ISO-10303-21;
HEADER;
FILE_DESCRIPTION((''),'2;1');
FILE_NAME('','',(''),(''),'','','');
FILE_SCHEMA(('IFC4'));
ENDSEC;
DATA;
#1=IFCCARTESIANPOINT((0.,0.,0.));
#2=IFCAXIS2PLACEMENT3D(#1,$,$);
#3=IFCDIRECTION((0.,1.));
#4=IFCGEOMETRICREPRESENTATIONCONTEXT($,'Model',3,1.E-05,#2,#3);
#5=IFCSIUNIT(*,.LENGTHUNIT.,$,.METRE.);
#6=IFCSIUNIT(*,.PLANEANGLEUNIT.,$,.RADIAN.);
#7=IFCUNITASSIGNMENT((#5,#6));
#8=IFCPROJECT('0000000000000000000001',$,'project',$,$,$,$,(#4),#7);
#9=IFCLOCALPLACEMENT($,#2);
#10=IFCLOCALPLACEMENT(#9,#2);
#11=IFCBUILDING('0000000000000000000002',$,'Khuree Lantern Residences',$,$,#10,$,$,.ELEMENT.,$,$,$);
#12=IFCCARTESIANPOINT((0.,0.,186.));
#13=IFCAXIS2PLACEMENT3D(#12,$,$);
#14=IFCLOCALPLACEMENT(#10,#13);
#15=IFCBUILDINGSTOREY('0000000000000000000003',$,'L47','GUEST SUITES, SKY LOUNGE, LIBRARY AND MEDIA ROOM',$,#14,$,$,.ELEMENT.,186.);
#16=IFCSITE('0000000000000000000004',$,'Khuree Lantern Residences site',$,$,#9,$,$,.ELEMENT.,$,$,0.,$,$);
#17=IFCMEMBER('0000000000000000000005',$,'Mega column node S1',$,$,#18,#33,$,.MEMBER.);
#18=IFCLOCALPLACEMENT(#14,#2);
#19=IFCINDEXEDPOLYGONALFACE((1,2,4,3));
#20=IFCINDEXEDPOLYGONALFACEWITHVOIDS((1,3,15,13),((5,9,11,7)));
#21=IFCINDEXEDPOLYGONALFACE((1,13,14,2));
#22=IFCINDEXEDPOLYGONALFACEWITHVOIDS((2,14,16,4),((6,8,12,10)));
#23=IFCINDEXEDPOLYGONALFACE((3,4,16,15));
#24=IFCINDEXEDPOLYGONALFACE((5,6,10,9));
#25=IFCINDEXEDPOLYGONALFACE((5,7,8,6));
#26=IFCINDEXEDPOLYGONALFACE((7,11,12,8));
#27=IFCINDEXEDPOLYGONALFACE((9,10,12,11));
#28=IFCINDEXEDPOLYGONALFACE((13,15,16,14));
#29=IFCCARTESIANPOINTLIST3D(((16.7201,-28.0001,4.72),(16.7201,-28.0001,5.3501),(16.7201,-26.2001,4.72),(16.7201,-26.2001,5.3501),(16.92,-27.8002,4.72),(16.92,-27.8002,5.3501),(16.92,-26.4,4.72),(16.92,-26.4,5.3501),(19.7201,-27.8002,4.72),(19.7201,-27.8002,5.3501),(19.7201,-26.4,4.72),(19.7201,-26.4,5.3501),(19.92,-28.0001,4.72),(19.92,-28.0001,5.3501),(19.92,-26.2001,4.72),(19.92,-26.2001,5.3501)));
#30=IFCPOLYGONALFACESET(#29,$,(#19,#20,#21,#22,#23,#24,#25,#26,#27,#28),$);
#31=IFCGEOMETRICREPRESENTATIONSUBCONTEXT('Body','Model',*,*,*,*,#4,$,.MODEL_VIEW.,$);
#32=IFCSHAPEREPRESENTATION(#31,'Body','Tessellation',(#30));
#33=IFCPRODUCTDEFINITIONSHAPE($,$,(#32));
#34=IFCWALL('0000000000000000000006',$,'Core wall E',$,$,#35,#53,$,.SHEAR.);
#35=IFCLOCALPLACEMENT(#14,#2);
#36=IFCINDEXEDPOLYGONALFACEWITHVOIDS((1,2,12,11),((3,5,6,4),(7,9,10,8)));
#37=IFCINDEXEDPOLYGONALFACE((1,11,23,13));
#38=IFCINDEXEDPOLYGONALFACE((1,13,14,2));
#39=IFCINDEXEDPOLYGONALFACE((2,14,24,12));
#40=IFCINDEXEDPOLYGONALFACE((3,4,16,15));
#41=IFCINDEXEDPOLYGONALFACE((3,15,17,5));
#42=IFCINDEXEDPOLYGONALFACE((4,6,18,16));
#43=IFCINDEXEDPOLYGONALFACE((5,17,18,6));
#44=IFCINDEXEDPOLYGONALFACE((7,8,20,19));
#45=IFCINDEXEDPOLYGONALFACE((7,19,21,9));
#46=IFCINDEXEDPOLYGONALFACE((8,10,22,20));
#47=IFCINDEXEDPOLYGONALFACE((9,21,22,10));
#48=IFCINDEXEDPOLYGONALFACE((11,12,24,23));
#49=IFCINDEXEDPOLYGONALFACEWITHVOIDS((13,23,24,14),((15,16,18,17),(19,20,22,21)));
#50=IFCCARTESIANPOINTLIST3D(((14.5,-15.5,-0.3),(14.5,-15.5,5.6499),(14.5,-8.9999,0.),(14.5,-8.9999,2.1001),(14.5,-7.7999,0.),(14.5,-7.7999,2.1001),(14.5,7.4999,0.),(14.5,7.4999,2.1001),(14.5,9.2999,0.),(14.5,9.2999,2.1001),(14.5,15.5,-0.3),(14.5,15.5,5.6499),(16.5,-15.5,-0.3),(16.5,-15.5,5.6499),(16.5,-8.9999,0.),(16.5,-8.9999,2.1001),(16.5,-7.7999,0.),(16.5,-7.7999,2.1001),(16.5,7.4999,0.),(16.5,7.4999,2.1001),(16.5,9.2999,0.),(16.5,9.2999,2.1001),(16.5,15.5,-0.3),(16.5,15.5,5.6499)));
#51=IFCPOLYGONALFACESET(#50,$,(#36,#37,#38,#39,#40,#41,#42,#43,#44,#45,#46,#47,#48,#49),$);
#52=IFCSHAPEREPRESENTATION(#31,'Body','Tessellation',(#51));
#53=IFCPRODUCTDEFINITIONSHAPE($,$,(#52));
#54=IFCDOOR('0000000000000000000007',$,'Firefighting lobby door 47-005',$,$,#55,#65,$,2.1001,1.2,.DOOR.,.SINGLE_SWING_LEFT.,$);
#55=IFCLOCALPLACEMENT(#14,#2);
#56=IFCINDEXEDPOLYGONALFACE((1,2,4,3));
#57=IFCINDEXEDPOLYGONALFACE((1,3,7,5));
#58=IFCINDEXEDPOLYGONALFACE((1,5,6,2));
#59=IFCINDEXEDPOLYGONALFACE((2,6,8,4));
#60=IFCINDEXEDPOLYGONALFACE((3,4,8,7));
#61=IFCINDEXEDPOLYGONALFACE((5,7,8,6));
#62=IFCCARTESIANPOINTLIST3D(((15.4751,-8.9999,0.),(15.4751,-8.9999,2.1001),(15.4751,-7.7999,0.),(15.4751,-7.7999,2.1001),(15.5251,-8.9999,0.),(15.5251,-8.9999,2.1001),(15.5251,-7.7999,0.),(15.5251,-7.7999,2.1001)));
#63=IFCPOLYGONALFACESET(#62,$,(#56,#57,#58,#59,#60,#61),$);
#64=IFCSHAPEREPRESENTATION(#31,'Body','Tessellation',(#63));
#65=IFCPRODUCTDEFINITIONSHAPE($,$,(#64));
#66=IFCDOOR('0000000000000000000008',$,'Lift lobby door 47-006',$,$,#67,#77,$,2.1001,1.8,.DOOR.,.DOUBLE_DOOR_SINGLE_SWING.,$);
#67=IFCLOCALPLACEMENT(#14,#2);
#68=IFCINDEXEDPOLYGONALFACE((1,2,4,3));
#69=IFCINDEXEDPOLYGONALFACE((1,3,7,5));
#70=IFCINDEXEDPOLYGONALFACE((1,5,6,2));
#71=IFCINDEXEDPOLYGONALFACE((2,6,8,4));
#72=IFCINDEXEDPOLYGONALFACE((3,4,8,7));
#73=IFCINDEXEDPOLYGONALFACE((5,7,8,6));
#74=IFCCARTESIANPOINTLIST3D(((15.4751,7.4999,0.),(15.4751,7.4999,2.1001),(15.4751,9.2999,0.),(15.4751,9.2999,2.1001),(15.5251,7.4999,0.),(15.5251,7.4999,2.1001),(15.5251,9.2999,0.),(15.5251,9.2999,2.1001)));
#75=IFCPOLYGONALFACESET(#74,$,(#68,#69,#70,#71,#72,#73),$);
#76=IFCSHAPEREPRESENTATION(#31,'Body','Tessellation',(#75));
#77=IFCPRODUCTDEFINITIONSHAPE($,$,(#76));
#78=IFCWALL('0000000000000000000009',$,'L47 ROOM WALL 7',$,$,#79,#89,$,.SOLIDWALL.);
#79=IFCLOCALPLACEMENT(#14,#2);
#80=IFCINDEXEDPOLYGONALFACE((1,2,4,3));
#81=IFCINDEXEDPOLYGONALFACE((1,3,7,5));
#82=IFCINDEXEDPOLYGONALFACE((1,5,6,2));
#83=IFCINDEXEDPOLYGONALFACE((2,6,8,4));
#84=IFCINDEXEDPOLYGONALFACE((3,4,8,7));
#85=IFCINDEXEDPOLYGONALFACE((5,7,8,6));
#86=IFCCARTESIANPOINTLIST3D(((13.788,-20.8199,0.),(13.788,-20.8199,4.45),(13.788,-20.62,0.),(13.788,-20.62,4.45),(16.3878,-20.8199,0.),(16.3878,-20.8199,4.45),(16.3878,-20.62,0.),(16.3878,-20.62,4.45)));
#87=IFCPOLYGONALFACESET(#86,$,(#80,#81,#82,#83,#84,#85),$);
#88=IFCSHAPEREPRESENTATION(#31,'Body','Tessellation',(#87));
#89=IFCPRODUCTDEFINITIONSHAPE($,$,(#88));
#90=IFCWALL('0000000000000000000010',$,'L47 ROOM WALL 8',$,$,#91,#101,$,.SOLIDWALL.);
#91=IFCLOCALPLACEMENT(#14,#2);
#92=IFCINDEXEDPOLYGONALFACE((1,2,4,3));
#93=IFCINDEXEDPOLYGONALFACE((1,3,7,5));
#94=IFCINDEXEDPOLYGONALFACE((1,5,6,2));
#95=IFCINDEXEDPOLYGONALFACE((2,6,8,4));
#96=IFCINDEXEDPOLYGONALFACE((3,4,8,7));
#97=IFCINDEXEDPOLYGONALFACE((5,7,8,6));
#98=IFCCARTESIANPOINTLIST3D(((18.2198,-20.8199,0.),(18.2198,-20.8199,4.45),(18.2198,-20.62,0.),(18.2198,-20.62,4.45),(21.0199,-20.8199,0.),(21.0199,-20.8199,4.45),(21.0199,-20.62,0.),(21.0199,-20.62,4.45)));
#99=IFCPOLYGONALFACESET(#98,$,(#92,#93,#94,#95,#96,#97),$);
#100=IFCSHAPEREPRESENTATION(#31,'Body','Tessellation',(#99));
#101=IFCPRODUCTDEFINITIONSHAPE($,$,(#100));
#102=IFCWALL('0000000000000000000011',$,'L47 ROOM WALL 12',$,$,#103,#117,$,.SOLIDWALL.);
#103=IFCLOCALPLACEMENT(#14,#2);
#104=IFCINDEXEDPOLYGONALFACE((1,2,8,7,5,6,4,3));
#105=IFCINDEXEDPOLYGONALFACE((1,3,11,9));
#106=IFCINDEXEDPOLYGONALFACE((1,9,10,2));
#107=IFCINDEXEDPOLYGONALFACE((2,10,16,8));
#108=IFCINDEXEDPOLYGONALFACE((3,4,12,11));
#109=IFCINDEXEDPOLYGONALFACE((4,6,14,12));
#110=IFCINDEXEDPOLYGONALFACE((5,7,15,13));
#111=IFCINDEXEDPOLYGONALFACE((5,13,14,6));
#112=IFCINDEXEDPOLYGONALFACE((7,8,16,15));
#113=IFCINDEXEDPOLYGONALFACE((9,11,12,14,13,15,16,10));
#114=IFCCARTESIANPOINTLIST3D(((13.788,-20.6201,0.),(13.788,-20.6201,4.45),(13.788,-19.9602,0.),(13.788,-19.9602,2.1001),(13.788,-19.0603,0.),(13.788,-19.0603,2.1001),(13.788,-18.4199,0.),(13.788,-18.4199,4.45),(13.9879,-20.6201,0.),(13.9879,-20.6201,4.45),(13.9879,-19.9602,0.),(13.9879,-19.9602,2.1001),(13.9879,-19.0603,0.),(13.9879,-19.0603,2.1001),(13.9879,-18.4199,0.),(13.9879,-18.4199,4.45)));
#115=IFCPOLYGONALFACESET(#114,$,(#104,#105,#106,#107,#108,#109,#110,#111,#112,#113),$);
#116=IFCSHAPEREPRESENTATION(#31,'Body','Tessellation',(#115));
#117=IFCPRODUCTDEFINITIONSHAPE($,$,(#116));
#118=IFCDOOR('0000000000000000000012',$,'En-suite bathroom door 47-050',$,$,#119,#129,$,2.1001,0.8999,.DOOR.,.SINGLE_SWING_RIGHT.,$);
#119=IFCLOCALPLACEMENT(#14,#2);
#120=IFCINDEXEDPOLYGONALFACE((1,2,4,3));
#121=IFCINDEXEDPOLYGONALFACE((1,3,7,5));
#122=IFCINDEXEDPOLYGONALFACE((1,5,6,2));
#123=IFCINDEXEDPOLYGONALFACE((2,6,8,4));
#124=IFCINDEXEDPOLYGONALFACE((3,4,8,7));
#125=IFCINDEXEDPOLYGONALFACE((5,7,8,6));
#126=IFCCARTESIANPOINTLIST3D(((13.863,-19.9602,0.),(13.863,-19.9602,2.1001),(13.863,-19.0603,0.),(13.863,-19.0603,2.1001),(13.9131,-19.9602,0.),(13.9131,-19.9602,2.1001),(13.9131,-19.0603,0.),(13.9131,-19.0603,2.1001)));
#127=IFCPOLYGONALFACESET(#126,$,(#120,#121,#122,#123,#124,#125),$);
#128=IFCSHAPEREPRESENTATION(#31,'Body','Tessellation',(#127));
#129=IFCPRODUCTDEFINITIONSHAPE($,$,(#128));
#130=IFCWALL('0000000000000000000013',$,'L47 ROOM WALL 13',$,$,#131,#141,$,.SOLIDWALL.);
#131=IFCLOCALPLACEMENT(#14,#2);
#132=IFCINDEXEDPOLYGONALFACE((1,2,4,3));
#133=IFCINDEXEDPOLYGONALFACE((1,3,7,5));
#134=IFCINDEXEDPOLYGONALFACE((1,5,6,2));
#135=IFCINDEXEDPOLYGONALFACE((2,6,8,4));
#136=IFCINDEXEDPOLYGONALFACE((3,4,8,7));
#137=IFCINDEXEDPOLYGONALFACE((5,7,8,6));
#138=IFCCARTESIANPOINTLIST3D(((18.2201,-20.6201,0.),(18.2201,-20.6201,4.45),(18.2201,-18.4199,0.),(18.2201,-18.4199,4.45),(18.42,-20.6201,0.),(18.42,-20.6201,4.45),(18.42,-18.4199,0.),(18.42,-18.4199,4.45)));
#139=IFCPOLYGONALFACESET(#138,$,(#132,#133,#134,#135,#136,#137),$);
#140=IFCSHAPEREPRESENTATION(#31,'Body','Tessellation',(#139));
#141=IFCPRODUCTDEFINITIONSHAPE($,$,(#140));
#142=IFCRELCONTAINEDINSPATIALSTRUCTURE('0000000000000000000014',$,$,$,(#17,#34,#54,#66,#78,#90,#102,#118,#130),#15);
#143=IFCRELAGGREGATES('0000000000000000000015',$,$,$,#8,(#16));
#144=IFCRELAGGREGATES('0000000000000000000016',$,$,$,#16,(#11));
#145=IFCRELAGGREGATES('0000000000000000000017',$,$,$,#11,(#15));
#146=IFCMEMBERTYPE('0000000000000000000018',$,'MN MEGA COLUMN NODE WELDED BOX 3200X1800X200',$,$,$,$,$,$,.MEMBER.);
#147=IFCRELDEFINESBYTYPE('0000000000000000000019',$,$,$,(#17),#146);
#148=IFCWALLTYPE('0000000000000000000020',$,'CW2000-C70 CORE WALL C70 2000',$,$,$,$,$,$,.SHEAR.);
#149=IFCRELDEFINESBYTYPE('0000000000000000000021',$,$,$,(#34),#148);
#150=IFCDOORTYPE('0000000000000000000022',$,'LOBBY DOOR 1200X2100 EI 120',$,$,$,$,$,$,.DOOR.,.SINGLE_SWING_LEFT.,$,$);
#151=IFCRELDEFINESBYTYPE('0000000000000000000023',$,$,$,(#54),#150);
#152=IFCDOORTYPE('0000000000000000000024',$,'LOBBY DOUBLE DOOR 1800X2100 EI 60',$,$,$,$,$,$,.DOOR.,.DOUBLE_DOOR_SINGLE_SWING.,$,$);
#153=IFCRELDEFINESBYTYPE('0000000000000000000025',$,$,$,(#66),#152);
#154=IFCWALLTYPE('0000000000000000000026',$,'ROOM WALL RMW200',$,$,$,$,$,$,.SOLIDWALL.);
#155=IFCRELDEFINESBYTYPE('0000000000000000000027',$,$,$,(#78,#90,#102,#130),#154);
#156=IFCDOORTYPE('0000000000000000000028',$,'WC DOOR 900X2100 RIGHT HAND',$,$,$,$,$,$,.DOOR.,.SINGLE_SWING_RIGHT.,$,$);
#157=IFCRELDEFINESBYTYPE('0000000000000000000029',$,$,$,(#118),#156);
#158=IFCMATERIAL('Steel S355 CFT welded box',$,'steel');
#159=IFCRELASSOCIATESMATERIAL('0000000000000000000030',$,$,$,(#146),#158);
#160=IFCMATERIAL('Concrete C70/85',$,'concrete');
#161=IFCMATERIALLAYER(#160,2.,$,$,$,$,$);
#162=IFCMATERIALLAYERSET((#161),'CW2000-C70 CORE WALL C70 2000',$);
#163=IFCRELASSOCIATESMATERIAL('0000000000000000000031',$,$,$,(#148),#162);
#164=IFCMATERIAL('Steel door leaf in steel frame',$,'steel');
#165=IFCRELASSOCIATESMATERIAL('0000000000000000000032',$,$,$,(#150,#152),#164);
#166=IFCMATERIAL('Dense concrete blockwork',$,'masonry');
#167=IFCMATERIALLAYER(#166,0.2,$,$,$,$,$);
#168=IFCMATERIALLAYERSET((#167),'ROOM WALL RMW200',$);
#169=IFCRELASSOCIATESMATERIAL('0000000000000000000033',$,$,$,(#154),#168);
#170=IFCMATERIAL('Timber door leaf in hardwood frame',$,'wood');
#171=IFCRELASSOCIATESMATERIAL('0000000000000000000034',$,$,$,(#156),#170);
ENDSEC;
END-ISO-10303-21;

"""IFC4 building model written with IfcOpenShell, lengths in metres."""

from ifc_helpers import new_model, si_unit, direction, frame, frame_2d, origin, origin_2d, place, context, subcontext, project, spatial, rectangle, hollow_rectangle, extrude, material, layer, layer_set, material_profile, profile_set, type_object, element, fill, save


model = new_model("IFC4")

# Units and contexts
model_context = context("Model", 3, precision=1e-05, world=origin(), true_north=direction((0.0, 1.0)))
body_context = subcontext(model_context, "Body", "Model", "MODEL_VIEW")
ifc_project = project(units=[si_unit("LENGTHUNIT", "METRE"), si_unit("PLANEANGLEUNIT", "RADIAN")], contexts=[model_context])

# Site, building, storey
site_placement = place(None, origin())
site = spatial("IfcSite", under=ifc_project, at=site_placement, Name="Khuree Lantern Residences site", CompositionType="ELEMENT", RefElevation=0.0)
building_placement = place(site_placement, origin())
building = spatial("IfcBuilding", under=site, at=building_placement, Name="Khuree Lantern Residences", CompositionType="ELEMENT")
storey_placement = place(building_placement, frame((0.0, 0.0, 186.0)))
storey = spatial("IfcBuildingStorey", under=building, at=storey_placement, Name="L47", Description="GUEST SUITES, SKY LOUNGE, LIBRARY AND MEDIA ROOM", CompositionType="ELEMENT", Elevation=186.0)

# Shared definitions
ifc_material_1 = material(Name="Concrete C70/85", Category="concrete")
ifc_material_2 = material(Name="Steel S355 CFT welded box", Category="steel")

# Member
ifc_material_profile_1 = material_profile(ifc_material_2, hollow_rectangle(XDim=3.2, YDim=1.8, WallThickness=0.2, at=origin_2d()), Name="WELDED BOX 3200X1800X200")
ifc_profile_set_1 = profile_set([ifc_material_profile_1], Name="Steel S355 CFT welded box")
member_type = type_object("IfcMemberType", Name="MN MEGA COLUMN NODE WELDED BOX 3200X1800X200", PredefinedType="MEMBER", material=ifc_profile_set_1)
member_placement = place(storey_placement, frame((18.3201, -27.1001, 4.72), z_axis=(0.0, 0.0, 1.0), x_axis=(1.0, 0.0, 0.0)))
element("IfcMember", 1, at=member_placement, inside=storey, type_object=member_type, Name="Mega column node S1", PredefinedType="MEMBER", context=body_context, shape_type="SweptSolid", body=[
    extrude(hollow_rectangle(XDim=3.2, YDim=1.8, WallThickness=0.2, at=origin_2d()), origin(), (0.0, 0.0, 1.0), 0.6301),
])

# Wall, openings, doors
ifc_layer_1 = layer(ifc_material_1, 2.0)
ifc_layer_set_1 = layer_set([ifc_layer_1], Name="CW2000-C70 CORE WALL C70 2000")
wall_type_1 = type_object("IfcWallType", Name="CW2000-C70 CORE WALL C70 2000", PredefinedType="SHEAR", material=ifc_layer_set_1)
wall_1_placement = place(storey_placement, frame((15.5, -15.5, -0.3), z_axis=(0.0, 0.0, 1.0), x_axis=(0.0, 1.0, 0.0)))
wall_1 = element("IfcWall", 2, at=wall_1_placement, inside=storey, type_object=wall_type_1, Name="Core wall E", PredefinedType="SHEAR", context=body_context, shape_type="SweptSolid", body=[
    extrude(rectangle(XDim=31.0, YDim=2.0, at=frame_2d((15.5, 0.0))), origin(), (0.0, 0.0, 1.0), 5.95),
])
opening_1_placement = place(wall_1_placement, frame((6.5, 0.0, 0.3)))
opening_1 = element("IfcOpeningElement", 3, at=opening_1_placement, cuts=wall_1, PredefinedType="OPENING", context=body_context, shape_type="SweptSolid", body=[
    extrude(rectangle(XDim=1.2, YDim=2.1001, at=frame_2d((0.6001, 1.05))), frame((0.0, 1.01, 0.0), z_axis=(0.0, -1.0, 0.0), x_axis=(1.0, 0.0, 0.0)), (0.0, 0.0, 1.0), 2.02),
])
opening_2_placement = place(wall_1_placement, frame((23.0, 0.0, 0.3)))
opening_2 = element("IfcOpeningElement", 4, at=opening_2_placement, cuts=wall_1, PredefinedType="OPENING", context=body_context, shape_type="SweptSolid", body=[
    extrude(rectangle(XDim=1.8, YDim=2.1001, at=frame_2d((0.8999, 1.05))), frame((0.0, 1.01, 0.0), z_axis=(0.0, -1.0, 0.0), x_axis=(1.0, 0.0, 0.0)), (0.0, 0.0, 1.0), 2.02),
])
ifc_material_3 = material(Name="Steel door leaf in steel frame", Category="steel")
door_type_1 = type_object("IfcDoorType", Name="LOBBY DOOR 1200X2100 EI 120", OperationType="SINGLE_SWING_LEFT", PredefinedType="DOOR", material=ifc_material_3)
door_1_placement = place(opening_1_placement, origin())
door_1 = element("IfcDoor", 5, at=door_1_placement, inside=storey, type_object=door_type_1, Name="Firefighting lobby door 47-005", OperationType="SINGLE_SWING_LEFT", OverallHeight=2.1001, OverallWidth=1.2, PredefinedType="DOOR", context=body_context, shape_type="SweptSolid", body=[
    extrude(rectangle(XDim=1.2, YDim=2.1001, at=frame_2d((0.6001, 1.05))), frame((0.0, 0.0249, 0.0), z_axis=(0.0, -1.0, 0.0), x_axis=(1.0, 0.0, 0.0)), (0.0, 0.0, 1.0), 0.05),
])
fill(opening_1, door_1)
door_type_2 = type_object("IfcDoorType", Name="LOBBY DOUBLE DOOR 1800X2100 EI 60", OperationType="DOUBLE_DOOR_SINGLE_SWING", PredefinedType="DOOR", material=ifc_material_3)
door_2_placement = place(opening_2_placement, origin())
door_2 = element("IfcDoor", 6, at=door_2_placement, inside=storey, type_object=door_type_2, Name="Lift lobby door 47-006", OperationType="DOUBLE_DOOR_SINGLE_SWING", OverallHeight=2.1001, OverallWidth=1.8, PredefinedType="DOOR", context=body_context, shape_type="SweptSolid", body=[
    extrude(rectangle(XDim=1.8, YDim=2.1001, at=frame_2d((0.8999, 1.05))), frame((0.0, 0.0249, 0.0), z_axis=(0.0, -1.0, 0.0), x_axis=(1.0, 0.0, 0.0)), (0.0, 0.0, 1.0), 0.05),
])
fill(opening_2, door_2)

# Walls
ifc_material_4 = material(Name="Dense concrete blockwork", Category="masonry")
ifc_layer_2 = layer(ifc_material_4, 0.2)
ifc_layer_set_2 = layer_set([ifc_layer_2], Name="ROOM WALL RMW200")
wall_type_2 = type_object("IfcWallType", Name="ROOM WALL RMW200", PredefinedType="SOLIDWALL", material=ifc_layer_set_2)
wall_2_placement = place(storey_placement, frame((13.7881, -20.72, 0.0), z_axis=(0.0, 0.0, 1.0), x_axis=(1.0, 0.0, 0.0)))
element("IfcWall", 7, at=wall_2_placement, inside=storey, type_object=wall_type_2, Name="L47 ROOM WALL 7", PredefinedType="SOLIDWALL", context=body_context, shape_type="SweptSolid", body=[
    extrude(rectangle(XDim=2.5999, YDim=0.2, at=frame_2d((1.2998, 0.0))), origin(), (0.0, 0.0, 1.0), 4.45),
])
wall_3_placement = place(storey_placement, frame((18.22, -20.72, 0.0), z_axis=(0.0, 0.0, 1.0), x_axis=(1.0, 0.0, 0.0)))
element("IfcWall", 8, at=wall_3_placement, inside=storey, type_object=wall_type_2, Name="L47 ROOM WALL 8", PredefinedType="SOLIDWALL", context=body_context, shape_type="SweptSolid", body=[
    extrude(rectangle(XDim=2.8, YDim=0.2, at=frame_2d((1.3999, 0.0))), origin(), (0.0, 0.0, 1.0), 4.45),
])

# Wall, opening, door
wall_4_placement = place(storey_placement, frame((13.8879, -20.6201, 0.0), z_axis=(0.0, 0.0, 1.0), x_axis=(0.0, 1.0, 0.0)))
wall_4 = element("IfcWall", 9, at=wall_4_placement, inside=storey, type_object=wall_type_2, Name="L47 ROOM WALL 12", PredefinedType="SOLIDWALL", context=body_context, shape_type="SweptSolid", body=[
    extrude(rectangle(XDim=2.2002, YDim=0.2, at=frame_2d((1.1001, 0.0))), origin(), (0.0, 0.0, 1.0), 4.45),
])
opening_3_placement = place(wall_4_placement, frame((0.6599, 0.0, 0.0)))
opening_3 = element("IfcOpeningElement", 10, at=opening_3_placement, cuts=wall_4, PredefinedType="OPENING", context=body_context, shape_type="SweptSolid", body=[
    extrude(rectangle(XDim=0.8999, YDim=2.1001, at=frame_2d((0.45, 1.05))), frame((0.0, 0.1099, 0.0), z_axis=(0.0, -1.0, 0.0), x_axis=(1.0, 0.0, 0.0)), (0.0, 0.0, 1.0), 0.22),
])
ifc_material_5 = material(Name="Timber door leaf in hardwood frame", Category="wood")
door_type_3 = type_object("IfcDoorType", Name="WC DOOR 900X2100 RIGHT HAND", OperationType="SINGLE_SWING_RIGHT", PredefinedType="DOOR", material=ifc_material_5)
door_3_placement = place(opening_3_placement, origin())
door_3 = element("IfcDoor", 11, at=door_3_placement, inside=storey, type_object=door_type_3, Name="En-suite bathroom door 47-050", OperationType="SINGLE_SWING_RIGHT", OverallHeight=2.1001, OverallWidth=0.8999, PredefinedType="DOOR", context=body_context, shape_type="SweptSolid", body=[
    extrude(rectangle(XDim=0.8999, YDim=2.1001, at=frame_2d((0.45, 1.05))), frame((0.0, 0.0249, 0.0), z_axis=(0.0, -1.0, 0.0), x_axis=(1.0, 0.0, 0.0)), (0.0, 0.0, 1.0), 0.05),
])
fill(opening_3, door_3)

# Wall
wall_5_placement = place(storey_placement, frame((18.3201, -20.6201, 0.0), z_axis=(0.0, 0.0, 1.0), x_axis=(0.0, 1.0, 0.0)))
element("IfcWall", 12, at=wall_5_placement, inside=storey, type_object=wall_type_2, Name="L47 ROOM WALL 13", PredefinedType="SOLIDWALL", context=body_context, shape_type="SweptSolid", body=[
    extrude(rectangle(XDim=2.2002, YDim=0.2, at=frame_2d((1.1001, 0.0))), origin(), (0.0, 0.0, 1.0), 4.45),
])

save(model, "model.ifc")
